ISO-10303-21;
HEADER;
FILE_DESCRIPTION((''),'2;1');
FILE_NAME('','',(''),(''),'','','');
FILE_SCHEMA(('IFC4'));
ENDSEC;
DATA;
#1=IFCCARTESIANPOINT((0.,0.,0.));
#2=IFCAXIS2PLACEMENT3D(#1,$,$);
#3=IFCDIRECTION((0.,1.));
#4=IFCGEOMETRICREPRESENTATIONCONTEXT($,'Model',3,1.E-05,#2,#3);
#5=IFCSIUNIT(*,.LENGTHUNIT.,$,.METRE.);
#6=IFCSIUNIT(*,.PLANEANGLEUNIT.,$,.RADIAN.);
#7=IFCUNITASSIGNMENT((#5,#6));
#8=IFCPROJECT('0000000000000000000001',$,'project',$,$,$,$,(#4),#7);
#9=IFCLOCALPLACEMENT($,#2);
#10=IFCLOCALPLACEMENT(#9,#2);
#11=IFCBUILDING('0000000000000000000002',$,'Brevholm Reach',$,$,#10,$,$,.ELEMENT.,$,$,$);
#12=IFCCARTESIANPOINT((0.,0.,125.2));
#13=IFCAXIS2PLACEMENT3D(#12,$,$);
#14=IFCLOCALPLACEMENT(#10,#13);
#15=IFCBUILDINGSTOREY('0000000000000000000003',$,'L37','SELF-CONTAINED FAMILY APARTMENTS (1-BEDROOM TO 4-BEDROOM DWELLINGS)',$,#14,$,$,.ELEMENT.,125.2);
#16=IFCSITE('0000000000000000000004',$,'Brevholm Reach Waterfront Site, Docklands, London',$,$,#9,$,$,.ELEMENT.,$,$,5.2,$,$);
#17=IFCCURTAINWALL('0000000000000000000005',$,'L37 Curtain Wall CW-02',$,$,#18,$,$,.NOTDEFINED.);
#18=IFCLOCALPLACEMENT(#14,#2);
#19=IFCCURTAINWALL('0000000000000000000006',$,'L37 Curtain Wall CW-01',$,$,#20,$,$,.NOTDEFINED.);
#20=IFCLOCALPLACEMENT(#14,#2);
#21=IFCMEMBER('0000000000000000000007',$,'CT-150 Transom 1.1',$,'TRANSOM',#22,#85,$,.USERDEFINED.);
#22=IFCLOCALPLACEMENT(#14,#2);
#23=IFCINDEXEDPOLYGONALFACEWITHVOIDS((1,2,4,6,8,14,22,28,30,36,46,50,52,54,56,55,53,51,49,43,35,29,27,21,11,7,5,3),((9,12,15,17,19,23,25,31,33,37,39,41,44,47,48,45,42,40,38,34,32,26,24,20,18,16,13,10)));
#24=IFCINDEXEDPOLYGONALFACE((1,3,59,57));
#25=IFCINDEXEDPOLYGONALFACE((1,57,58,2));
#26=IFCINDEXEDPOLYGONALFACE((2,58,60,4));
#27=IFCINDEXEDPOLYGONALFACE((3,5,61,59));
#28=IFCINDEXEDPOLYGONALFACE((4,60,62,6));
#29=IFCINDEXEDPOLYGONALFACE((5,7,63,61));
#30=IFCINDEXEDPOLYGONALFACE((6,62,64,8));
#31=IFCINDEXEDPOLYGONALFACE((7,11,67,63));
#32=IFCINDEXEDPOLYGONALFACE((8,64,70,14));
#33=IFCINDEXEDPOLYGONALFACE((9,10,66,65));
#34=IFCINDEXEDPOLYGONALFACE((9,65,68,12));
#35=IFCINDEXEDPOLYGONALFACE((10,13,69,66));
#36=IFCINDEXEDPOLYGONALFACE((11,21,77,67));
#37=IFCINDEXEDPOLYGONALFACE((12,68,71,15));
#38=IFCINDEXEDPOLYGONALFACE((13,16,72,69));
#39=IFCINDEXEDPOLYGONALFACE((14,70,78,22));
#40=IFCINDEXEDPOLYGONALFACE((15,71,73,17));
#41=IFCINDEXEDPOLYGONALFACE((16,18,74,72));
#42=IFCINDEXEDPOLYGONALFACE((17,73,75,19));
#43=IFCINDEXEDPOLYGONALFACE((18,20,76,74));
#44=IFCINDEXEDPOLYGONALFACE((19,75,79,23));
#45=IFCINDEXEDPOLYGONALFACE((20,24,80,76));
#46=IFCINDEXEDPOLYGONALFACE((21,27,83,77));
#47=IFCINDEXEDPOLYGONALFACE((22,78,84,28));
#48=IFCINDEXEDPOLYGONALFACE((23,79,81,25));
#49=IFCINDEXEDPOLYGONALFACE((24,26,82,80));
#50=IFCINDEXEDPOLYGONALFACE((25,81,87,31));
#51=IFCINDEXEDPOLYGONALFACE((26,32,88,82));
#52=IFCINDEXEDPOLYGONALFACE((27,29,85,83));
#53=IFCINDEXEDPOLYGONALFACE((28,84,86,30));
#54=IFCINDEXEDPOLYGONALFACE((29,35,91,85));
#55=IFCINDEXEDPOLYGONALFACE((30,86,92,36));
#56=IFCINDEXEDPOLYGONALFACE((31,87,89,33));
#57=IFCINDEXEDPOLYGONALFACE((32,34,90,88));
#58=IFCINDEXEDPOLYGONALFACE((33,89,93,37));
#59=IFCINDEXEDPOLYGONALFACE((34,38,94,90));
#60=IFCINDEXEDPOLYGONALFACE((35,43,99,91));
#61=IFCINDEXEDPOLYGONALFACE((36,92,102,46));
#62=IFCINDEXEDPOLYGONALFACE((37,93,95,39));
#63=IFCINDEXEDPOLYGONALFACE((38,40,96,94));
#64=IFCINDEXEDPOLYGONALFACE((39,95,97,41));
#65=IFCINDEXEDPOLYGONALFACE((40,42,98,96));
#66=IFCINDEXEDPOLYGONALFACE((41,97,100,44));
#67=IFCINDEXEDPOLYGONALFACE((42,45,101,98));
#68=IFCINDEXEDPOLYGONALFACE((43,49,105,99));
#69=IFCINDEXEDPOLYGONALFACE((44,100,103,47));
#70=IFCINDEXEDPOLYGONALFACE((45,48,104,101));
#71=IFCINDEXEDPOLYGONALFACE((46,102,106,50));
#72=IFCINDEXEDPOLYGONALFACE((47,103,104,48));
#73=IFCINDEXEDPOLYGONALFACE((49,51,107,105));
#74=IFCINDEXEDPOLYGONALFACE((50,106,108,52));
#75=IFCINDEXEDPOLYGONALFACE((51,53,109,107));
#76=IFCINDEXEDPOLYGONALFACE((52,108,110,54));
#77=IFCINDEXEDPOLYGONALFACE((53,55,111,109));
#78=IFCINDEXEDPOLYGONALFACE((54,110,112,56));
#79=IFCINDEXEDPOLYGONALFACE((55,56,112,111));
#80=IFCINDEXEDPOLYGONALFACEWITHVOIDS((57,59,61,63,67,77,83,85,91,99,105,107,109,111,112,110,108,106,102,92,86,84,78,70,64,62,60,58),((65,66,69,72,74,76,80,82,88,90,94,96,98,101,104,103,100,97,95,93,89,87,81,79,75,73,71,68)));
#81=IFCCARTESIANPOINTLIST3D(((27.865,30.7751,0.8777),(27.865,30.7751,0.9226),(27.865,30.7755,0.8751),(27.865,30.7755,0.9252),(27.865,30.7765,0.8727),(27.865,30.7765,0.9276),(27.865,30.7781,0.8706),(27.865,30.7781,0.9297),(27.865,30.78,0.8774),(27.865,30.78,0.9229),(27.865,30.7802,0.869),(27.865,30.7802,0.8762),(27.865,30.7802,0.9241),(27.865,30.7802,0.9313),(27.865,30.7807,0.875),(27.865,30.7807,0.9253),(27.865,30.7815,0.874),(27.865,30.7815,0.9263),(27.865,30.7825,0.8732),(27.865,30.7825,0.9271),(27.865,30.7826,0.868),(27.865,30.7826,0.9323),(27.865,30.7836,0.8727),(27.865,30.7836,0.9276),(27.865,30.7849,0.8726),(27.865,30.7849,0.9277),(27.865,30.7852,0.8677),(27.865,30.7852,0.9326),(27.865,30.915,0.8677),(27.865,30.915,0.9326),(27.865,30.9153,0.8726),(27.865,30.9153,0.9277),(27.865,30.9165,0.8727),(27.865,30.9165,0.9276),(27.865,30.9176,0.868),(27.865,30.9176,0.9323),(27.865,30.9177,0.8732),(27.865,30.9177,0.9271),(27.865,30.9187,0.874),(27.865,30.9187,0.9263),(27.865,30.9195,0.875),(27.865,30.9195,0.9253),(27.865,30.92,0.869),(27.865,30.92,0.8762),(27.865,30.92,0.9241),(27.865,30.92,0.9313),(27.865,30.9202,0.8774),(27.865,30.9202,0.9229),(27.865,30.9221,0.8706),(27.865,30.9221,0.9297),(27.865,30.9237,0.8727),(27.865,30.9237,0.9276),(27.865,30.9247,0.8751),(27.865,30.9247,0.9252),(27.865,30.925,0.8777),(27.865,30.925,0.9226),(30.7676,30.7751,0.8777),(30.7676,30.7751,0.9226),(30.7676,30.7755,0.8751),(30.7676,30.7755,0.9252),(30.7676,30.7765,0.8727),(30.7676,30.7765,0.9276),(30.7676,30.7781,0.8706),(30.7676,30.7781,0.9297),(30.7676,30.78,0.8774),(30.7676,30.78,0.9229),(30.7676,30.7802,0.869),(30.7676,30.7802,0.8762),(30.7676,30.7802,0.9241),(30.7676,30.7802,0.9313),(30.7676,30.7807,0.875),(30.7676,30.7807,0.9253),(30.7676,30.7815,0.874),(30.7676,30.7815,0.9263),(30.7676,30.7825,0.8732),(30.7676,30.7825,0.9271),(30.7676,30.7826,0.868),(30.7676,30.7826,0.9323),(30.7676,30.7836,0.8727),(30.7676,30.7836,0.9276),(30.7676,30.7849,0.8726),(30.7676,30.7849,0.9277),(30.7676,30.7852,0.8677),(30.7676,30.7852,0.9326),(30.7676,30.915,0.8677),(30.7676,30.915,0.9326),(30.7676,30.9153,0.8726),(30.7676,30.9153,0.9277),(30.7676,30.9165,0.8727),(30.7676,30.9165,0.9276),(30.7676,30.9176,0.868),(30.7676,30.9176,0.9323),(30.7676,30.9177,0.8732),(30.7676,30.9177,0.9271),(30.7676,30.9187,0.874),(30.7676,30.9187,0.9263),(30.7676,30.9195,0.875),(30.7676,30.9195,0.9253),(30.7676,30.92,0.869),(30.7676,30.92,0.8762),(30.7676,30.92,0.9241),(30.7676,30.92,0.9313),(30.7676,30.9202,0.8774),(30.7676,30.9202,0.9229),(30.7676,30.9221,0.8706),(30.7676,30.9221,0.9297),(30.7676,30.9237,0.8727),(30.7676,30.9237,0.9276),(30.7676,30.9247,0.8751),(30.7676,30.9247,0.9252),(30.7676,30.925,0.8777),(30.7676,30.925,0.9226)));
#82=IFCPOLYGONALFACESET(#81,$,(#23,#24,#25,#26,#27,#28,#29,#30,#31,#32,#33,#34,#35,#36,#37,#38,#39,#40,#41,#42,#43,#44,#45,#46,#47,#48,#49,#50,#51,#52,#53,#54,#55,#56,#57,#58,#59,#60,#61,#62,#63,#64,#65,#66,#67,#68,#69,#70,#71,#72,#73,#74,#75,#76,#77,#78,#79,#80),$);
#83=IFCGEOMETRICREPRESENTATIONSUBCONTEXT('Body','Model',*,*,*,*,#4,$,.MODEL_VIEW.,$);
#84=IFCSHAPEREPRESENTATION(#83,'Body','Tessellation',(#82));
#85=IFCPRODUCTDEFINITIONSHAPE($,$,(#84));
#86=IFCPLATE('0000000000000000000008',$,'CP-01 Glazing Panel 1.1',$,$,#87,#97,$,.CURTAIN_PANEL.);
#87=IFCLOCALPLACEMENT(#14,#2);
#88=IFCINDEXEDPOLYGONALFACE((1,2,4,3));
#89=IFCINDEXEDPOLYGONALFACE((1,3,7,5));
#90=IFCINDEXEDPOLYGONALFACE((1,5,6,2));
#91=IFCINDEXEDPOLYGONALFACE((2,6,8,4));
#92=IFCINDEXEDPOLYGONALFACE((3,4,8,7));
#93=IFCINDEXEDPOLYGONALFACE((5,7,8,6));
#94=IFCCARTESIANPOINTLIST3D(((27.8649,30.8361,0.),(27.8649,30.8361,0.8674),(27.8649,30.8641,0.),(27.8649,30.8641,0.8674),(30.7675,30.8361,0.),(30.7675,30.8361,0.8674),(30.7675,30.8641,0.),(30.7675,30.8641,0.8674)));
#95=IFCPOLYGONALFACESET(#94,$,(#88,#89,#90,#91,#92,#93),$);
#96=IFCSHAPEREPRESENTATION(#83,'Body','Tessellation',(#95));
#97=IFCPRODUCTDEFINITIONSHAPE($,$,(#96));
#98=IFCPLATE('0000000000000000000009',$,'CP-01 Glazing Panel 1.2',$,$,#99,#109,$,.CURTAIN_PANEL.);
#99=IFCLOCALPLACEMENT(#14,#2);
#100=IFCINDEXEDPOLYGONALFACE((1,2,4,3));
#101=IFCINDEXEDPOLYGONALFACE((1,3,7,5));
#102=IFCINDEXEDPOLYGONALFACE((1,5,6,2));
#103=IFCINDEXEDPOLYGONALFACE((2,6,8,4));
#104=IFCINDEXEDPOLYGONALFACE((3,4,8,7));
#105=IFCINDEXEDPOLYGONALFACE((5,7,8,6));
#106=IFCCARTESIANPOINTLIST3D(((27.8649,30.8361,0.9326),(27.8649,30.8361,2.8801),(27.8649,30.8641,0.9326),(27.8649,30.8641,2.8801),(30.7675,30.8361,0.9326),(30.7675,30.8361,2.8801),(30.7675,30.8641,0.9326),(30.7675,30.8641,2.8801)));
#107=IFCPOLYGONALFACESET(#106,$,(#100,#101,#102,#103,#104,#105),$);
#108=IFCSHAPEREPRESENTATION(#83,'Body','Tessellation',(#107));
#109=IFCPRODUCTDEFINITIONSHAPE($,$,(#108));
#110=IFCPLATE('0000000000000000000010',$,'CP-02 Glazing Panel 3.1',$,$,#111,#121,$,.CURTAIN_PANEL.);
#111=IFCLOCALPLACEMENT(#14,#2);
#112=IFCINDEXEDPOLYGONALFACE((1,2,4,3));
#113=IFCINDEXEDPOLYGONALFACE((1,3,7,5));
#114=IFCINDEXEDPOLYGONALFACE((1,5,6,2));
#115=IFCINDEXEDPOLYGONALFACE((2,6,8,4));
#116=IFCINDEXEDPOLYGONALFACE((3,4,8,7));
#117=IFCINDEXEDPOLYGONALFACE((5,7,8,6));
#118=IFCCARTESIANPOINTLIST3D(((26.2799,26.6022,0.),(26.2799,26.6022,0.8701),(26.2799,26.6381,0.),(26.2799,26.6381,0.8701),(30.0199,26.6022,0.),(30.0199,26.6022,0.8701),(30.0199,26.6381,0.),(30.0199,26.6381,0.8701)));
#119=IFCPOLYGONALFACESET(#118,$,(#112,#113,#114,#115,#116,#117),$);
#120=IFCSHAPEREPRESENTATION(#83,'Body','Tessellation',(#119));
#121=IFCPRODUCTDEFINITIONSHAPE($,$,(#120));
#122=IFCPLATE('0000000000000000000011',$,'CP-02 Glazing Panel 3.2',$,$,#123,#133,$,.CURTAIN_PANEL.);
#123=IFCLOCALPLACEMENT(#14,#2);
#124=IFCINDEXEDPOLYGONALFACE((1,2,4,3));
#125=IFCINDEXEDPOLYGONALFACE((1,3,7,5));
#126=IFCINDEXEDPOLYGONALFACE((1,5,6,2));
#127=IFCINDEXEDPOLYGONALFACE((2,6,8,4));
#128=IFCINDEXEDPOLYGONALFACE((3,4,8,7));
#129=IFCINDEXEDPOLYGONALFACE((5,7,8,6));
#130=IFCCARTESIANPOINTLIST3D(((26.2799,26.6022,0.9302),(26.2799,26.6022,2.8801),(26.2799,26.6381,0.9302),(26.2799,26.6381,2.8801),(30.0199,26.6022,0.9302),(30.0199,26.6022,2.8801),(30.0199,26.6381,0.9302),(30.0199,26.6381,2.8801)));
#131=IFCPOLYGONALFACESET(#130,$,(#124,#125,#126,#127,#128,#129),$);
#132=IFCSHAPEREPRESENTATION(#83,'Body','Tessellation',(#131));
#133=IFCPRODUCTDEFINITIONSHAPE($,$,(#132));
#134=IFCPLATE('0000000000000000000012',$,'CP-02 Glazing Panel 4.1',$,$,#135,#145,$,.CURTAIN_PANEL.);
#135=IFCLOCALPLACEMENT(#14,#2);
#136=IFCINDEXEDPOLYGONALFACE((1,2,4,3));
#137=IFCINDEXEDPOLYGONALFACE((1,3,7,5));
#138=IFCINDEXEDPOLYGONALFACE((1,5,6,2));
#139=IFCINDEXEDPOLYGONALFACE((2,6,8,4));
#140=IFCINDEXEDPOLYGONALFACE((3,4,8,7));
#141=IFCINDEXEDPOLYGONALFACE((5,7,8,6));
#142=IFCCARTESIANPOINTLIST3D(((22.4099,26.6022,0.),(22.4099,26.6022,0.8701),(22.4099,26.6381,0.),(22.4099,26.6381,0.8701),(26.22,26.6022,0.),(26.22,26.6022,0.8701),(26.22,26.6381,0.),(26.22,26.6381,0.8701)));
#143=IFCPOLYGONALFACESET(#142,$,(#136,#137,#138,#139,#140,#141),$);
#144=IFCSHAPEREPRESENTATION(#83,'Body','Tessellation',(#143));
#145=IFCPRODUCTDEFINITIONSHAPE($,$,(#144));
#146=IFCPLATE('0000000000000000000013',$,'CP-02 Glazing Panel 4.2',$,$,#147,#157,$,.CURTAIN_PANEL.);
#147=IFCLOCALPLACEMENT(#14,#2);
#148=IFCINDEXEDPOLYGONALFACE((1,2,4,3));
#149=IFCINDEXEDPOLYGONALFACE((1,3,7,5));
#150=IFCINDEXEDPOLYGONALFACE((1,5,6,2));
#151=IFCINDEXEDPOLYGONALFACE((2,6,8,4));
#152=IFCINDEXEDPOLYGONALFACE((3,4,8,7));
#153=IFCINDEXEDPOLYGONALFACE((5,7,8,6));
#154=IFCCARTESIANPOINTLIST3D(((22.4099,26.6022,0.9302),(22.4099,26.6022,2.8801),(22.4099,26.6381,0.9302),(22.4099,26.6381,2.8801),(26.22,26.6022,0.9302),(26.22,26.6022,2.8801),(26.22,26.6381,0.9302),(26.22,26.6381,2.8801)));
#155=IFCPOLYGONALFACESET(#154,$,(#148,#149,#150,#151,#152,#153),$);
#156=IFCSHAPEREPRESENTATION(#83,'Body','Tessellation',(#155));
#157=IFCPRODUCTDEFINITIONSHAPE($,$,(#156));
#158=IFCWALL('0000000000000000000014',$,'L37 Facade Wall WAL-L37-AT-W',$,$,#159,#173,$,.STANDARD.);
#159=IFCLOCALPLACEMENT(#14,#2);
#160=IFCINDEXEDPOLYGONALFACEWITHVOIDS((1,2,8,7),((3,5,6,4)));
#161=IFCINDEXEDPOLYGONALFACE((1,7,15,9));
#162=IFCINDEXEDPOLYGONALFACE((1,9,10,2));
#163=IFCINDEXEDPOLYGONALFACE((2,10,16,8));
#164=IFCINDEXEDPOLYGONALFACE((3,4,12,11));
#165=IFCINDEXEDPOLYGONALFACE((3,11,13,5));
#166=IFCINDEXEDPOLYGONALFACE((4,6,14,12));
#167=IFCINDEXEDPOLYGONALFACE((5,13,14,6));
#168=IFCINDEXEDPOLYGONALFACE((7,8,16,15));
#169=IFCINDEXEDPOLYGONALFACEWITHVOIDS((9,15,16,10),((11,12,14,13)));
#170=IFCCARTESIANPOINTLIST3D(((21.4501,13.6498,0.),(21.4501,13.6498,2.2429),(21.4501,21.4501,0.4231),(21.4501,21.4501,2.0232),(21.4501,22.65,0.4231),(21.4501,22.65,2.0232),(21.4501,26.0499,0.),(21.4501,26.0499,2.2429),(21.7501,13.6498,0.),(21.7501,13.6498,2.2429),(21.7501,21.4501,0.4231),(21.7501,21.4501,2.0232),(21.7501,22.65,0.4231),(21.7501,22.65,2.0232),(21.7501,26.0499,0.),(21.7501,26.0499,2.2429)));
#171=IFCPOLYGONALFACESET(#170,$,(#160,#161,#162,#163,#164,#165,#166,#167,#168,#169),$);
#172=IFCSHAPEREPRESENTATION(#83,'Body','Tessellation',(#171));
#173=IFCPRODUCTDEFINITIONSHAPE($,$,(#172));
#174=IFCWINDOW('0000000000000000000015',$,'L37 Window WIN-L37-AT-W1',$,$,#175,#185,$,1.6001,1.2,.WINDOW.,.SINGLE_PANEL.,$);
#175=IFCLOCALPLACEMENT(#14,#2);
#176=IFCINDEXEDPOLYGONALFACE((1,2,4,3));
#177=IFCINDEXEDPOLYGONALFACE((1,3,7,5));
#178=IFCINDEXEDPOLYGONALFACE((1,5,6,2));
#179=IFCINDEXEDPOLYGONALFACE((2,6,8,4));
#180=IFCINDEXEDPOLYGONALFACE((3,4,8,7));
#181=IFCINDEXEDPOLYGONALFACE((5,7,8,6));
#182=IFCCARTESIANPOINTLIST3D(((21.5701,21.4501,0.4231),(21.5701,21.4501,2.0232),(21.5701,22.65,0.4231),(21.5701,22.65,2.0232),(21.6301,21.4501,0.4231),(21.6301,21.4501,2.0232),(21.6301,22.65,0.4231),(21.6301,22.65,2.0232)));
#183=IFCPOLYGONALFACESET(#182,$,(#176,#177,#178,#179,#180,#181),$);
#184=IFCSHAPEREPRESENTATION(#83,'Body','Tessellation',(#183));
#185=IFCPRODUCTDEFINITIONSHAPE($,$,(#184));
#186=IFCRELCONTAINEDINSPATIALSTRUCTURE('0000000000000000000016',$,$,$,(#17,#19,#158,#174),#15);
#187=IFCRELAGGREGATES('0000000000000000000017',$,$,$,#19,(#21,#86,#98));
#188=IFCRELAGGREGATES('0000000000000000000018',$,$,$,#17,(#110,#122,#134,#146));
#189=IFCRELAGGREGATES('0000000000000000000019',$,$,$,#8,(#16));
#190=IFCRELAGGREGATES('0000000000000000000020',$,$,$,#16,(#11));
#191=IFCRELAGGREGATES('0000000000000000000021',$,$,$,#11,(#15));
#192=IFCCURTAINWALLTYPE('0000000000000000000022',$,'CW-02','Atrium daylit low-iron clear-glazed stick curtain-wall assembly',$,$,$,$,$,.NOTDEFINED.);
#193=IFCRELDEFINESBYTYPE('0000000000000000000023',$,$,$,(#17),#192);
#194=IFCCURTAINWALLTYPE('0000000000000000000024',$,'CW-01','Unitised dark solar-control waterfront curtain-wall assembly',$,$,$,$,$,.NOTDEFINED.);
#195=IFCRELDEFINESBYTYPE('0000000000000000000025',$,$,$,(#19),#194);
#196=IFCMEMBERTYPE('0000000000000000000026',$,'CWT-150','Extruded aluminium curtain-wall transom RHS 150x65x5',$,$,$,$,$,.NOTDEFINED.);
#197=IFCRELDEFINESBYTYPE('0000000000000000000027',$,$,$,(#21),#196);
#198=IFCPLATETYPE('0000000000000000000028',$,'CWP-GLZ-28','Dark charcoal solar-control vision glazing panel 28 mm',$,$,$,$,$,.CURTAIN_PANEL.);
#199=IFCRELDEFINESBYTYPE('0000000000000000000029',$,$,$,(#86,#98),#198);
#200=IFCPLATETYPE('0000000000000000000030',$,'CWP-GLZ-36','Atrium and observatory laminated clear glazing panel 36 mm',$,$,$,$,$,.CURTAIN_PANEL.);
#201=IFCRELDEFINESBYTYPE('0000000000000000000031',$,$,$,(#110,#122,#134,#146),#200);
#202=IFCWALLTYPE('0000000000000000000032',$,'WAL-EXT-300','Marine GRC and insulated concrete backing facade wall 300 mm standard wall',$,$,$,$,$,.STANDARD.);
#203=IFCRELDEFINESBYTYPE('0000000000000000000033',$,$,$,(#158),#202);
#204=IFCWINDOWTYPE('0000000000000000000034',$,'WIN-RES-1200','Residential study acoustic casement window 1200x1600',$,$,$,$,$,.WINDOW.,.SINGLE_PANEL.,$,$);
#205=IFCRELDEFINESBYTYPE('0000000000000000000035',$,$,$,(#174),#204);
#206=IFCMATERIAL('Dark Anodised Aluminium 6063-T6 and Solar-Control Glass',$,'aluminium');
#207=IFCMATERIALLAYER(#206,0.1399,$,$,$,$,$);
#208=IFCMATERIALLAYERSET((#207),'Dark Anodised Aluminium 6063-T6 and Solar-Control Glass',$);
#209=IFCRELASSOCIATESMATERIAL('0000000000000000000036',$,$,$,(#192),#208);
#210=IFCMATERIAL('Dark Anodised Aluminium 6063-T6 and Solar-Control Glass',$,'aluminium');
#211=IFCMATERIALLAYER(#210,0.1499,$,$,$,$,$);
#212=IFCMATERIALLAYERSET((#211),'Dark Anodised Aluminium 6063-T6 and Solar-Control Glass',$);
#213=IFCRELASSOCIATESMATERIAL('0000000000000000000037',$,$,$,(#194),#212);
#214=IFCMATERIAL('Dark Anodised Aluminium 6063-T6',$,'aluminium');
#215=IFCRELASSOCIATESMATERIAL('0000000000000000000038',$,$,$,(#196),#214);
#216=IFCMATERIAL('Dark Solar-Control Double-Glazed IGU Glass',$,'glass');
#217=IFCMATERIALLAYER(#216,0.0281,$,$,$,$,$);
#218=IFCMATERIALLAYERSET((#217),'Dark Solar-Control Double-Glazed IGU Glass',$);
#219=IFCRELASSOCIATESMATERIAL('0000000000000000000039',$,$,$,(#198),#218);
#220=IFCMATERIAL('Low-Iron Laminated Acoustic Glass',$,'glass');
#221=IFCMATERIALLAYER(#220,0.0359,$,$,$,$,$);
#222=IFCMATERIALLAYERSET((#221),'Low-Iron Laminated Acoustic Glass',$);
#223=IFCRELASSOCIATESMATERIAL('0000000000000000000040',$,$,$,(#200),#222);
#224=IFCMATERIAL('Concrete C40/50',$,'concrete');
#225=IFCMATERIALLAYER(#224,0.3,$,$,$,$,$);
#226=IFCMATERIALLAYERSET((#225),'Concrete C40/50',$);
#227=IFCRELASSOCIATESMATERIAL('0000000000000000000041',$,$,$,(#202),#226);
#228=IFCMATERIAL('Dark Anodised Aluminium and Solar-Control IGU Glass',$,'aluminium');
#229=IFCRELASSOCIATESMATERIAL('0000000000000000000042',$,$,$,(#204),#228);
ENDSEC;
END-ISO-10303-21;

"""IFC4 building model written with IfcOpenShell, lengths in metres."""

from ifc_helpers import new_model, si_unit, direction, frame, frame_2d, origin, origin_2d, place, context, subcontext, project, spatial, rectangle, hollow_rectangle, extrude, material, layer, layer_set, material_profile, profile_set, type_object, element, fill, aggregate, save


model = new_model("IFC4")

# Units and contexts
model_context = context("Model", 3, precision=1e-05, world=origin(), true_north=direction((0.0, 1.0)))
body_context = subcontext(model_context, "Body", "Model", "MODEL_VIEW")
ifc_project = project(units=[si_unit("LENGTHUNIT", "METRE"), si_unit("PLANEANGLEUNIT", "RADIAN")], contexts=[model_context])

# Site, building, storey
site_placement = place(None, origin())
site = spatial("IfcSite", under=ifc_project, at=site_placement, Name="Brevholm Reach Waterfront Site, Docklands, London", CompositionType="ELEMENT", RefElevation=5.2)
building_placement = place(site_placement, origin())
building = spatial("IfcBuilding", under=site, at=building_placement, Name="Brevholm Reach", CompositionType="ELEMENT")
storey_placement = place(building_placement, frame((0.0, 0.0, 125.2)))
storey = spatial("IfcBuildingStorey", under=building, at=storey_placement, Name="L37", Description="SELF-CONTAINED FAMILY APARTMENTS (1-BEDROOM TO 4-BEDROOM DWELLINGS)", CompositionType="ELEMENT", Elevation=125.2)

# Curtain wall
ifc_material_1 = material(Name="Dark Anodised Aluminium 6063-T6 and Solar-Control Glass", Category="aluminium")
ifc_layer_1 = layer(ifc_material_1, 0.1399)
ifc_layer_set_1 = layer_set([ifc_layer_1], Name="Dark Anodised Aluminium 6063-T6 and Solar-Control Glass")
curtain_wall_type_1 = type_object("IfcCurtainWallType", Name="CW-02", Description="Atrium daylit low-iron clear-glazed stick curtain-wall assembly", PredefinedType="NOTDEFINED", material=ifc_layer_set_1)
curtain_wall_1_placement = place(storey_placement, origin())
curtain_wall_1 = element("IfcCurtainWall", 1, at=curtain_wall_1_placement, inside=storey, type_object=curtain_wall_type_1, Name="L37 Curtain Wall CW-02", PredefinedType="NOTDEFINED")

# Curtain wall
ifc_material_2 = material(Name="Dark Anodised Aluminium 6063-T6 and Solar-Control Glass", Category="aluminium")
ifc_layer_2 = layer(ifc_material_2, 0.1499)
ifc_layer_set_2 = layer_set([ifc_layer_2], Name="Dark Anodised Aluminium 6063-T6 and Solar-Control Glass")
curtain_wall_type_2 = type_object("IfcCurtainWallType", Name="CW-01", Description="Unitised dark solar-control waterfront curtain-wall assembly", PredefinedType="NOTDEFINED", material=ifc_layer_set_2)
curtain_wall_2_placement = place(storey_placement, origin())
curtain_wall_2 = element("IfcCurtainWall", 2, at=curtain_wall_2_placement, inside=storey, type_object=curtain_wall_type_2, Name="L37 Curtain Wall CW-01", PredefinedType="NOTDEFINED")

# Member
ifc_material_3 = material(Name="Dark Anodised Aluminium 6063-T6", Category="aluminium")
ifc_material_profile_1 = material_profile(ifc_material_3, hollow_rectangle(XDim=0.0649, YDim=0.1499, WallThickness=0.0049, InnerFilletRadius=0.0049, OuterFilletRadius=0.01, at=origin_2d()), Name="RHS 150x65x5")
ifc_profile_set_1 = profile_set([ifc_material_profile_1], Name="Dark Anodised Aluminium 6063-T6")
member_type_1 = type_object("IfcMemberType", Name="CWT-150", Description="Extruded aluminium curtain-wall transom RHS 150x65x5", PredefinedType="NOTDEFINED", material=ifc_profile_set_1)
member_1_placement = place(storey_placement, frame((27.865, 30.8501, 0.9001), z_axis=(1.0, 0.0, 0.0), x_axis=(0.0, 0.0, 1.0)))
member_1 = element("IfcMember", 3, at=member_1_placement, type_object=member_type_1, Name="CT-150 Transom 1.1", ObjectType="TRANSOM", PredefinedType="USERDEFINED", context=body_context, shape_type="SweptSolid", body=[
    extrude(hollow_rectangle(XDim=0.0649, YDim=0.1499, WallThickness=0.0049, InnerFilletRadius=0.0049, OuterFilletRadius=0.01, at=origin_2d()), origin(), (0.0, 0.0, 1.0), 2.9026),
])

# Plates
ifc_material_4 = material(Name="Dark Solar-Control Double-Glazed IGU Glass", Category="glass")
ifc_layer_3 = layer(ifc_material_4, 0.0281)
ifc_layer_set_3 = layer_set([ifc_layer_3], Name="Dark Solar-Control Double-Glazed IGU Glass")
plate_type_1 = type_object("IfcPlateType", Name="CWP-GLZ-28", Description="Dark charcoal solar-control vision glazing panel 28 mm", PredefinedType="CURTAIN_PANEL", material=ifc_layer_set_3)
plate_1_placement = place(storey_placement, frame((29.3162, 30.8501, 0.0), z_axis=(0.0, 0.0, 1.0), x_axis=(1.0, 0.0, 0.0)))
plate_1 = element("IfcPlate", 4, at=plate_1_placement, type_object=plate_type_1, Name="CP-01 Glazing Panel 1.1", PredefinedType="CURTAIN_PANEL", context=body_context, shape_type="SweptSolid", body=[
    extrude(rectangle(XDim=2.9026, YDim=0.0281, at=origin_2d()), origin(), (0.0, 0.0, 1.0), 0.8674),
])
plate_2_placement = place(storey_placement, frame((29.3162, 30.8501, 0.9326), z_axis=(0.0, 0.0, 1.0), x_axis=(1.0, 0.0, 0.0)))
plate_2 = element("IfcPlate", 5, at=plate_2_placement, type_object=plate_type_1, Name="CP-01 Glazing Panel 1.2", PredefinedType="CURTAIN_PANEL", context=body_context, shape_type="SweptSolid", body=[
    extrude(rectangle(XDim=2.9026, YDim=0.0281, at=origin_2d()), origin(), (0.0, 0.0, 1.0), 1.9475),
])
aggregate(curtain_wall_2, [member_1, plate_1, plate_2])
ifc_material_5 = material(Name="Low-Iron Laminated Acoustic Glass", Category="glass")
ifc_layer_4 = layer(ifc_material_5, 0.0359)
ifc_layer_set_4 = layer_set([ifc_layer_4], Name="Low-Iron Laminated Acoustic Glass")
plate_type_2 = type_object("IfcPlateType", Name="CWP-GLZ-36", Description="Atrium and observatory laminated clear glazing panel 36 mm", PredefinedType="CURTAIN_PANEL", material=ifc_layer_set_4)
plate_3_placement = place(storey_placement, frame((28.1499, 26.6201, 0.0), z_axis=(0.0, 0.0, 1.0), x_axis=(-1.0, 0.0, 0.0)))
plate_3 = element("IfcPlate", 6, at=plate_3_placement, type_object=plate_type_2, Name="CP-02 Glazing Panel 3.1", PredefinedType="CURTAIN_PANEL", context=body_context, shape_type="SweptSolid", body=[
    extrude(rectangle(XDim=3.74, YDim=0.0359, at=origin_2d()), origin(), (0.0, 0.0, 1.0), 0.8701),
])
plate_4_placement = place(storey_placement, frame((28.1499, 26.6201, 0.9302), z_axis=(0.0, 0.0, 1.0), x_axis=(-1.0, 0.0, 0.0)))
plate_4 = element("IfcPlate", 7, at=plate_4_placement, type_object=plate_type_2, Name="CP-02 Glazing Panel 3.2", PredefinedType="CURTAIN_PANEL", context=body_context, shape_type="SweptSolid", body=[
    extrude(rectangle(XDim=3.74, YDim=0.0359, at=origin_2d()), origin(), (0.0, 0.0, 1.0), 1.95),
])
plate_5_placement = place(storey_placement, frame((24.3149, 26.6201, 0.0), z_axis=(0.0, 0.0, 1.0), x_axis=(-1.0, 0.0, 0.0)))
plate_5 = element("IfcPlate", 8, at=plate_5_placement, type_object=plate_type_2, Name="CP-02 Glazing Panel 4.1", PredefinedType="CURTAIN_PANEL", context=body_context, shape_type="SweptSolid", body=[
    extrude(rectangle(XDim=3.8101, YDim=0.0359, at=origin_2d()), origin(), (0.0, 0.0, 1.0), 0.8701),
])
plate_6_placement = place(storey_placement, frame((24.3149, 26.6201, 0.9302), z_axis=(0.0, 0.0, 1.0), x_axis=(-1.0, 0.0, 0.0)))
plate_6 = element("IfcPlate", 9, at=plate_6_placement, type_object=plate_type_2, Name="CP-02 Glazing Panel 4.2", PredefinedType="CURTAIN_PANEL", context=body_context, shape_type="SweptSolid", body=[
    extrude(rectangle(XDim=3.8101, YDim=0.0359, at=origin_2d()), origin(), (0.0, 0.0, 1.0), 1.95),
])
aggregate(curtain_wall_1, [plate_3, plate_4, plate_5, plate_6])

# Wall, opening, window
ifc_material_6 = material(Name="Concrete C40/50", Category="concrete")
ifc_layer_5 = layer(ifc_material_6, 0.3)
ifc_layer_set_5 = layer_set([ifc_layer_5], Name="Concrete C40/50")
wall_type = type_object("IfcWallType", Name="WAL-EXT-300", Description="Marine GRC and insulated concrete backing facade wall 300 mm standard wall", PredefinedType="STANDARD", material=ifc_layer_set_5)
wall_placement = place(storey_placement, frame((21.6001, 26.05, 0.0), z_axis=(0.0, 0.0, 1.0), x_axis=(0.0, -1.0, 0.0)))
wall = element("IfcWall", 10, at=wall_placement, inside=storey, type_object=wall_type, Name="L37 Facade Wall WAL-L37-AT-W", PredefinedType="STANDARD", context=body_context, shape_type="SweptSolid", body=[
    extrude(rectangle(XDim=12.4001, YDim=0.3, at=frame_2d((6.2002, 0.0))), origin(), (0.0, 0.0, 1.0), 2.2429),
])
opening_placement = place(wall_placement, frame((3.3999, 0.0, 0.4231)))
opening = element("IfcOpeningElement", 11, at=opening_placement, cuts=wall, PredefinedType="OPENING", context=body_context, shape_type="SweptSolid", body=[
    extrude(rectangle(XDim=1.2, YDim=1.6001, at=frame_2d((0.6001, 0.8))), frame((0.0, 0.1599, 0.0), z_axis=(0.0, -1.0, 0.0), x_axis=(1.0, 0.0, 0.0)), (0.0, 0.0, 1.0), 0.3201),
])
ifc_material_7 = material(Name="Dark Anodised Aluminium and Solar-Control IGU Glass", Category="aluminium")
window_type = type_object("IfcWindowType", Name="WIN-RES-1200", Description="Residential study acoustic casement window 1200x1600", PartitioningType="SINGLE_PANEL", PredefinedType="WINDOW", material=ifc_material_7)
window_placement = place(opening_placement, origin())
window = element("IfcWindow", 12, at=window_placement, inside=storey, type_object=window_type, Name="L37 Window WIN-L37-AT-W1", OverallHeight=1.6001, OverallWidth=1.2, PartitioningType="SINGLE_PANEL", PredefinedType="WINDOW", context=body_context, shape_type="SweptSolid", body=[
    extrude(rectangle(XDim=1.2, YDim=1.6001, at=frame_2d((0.6001, 0.8))), frame((0.0, 0.03, 0.0), z_axis=(0.0, -1.0, 0.0), x_axis=(1.0, 0.0, 0.0)), (0.0, 0.0, 1.0), 0.0601),
])
fill(opening, window)

save(model, "model.ifc")
